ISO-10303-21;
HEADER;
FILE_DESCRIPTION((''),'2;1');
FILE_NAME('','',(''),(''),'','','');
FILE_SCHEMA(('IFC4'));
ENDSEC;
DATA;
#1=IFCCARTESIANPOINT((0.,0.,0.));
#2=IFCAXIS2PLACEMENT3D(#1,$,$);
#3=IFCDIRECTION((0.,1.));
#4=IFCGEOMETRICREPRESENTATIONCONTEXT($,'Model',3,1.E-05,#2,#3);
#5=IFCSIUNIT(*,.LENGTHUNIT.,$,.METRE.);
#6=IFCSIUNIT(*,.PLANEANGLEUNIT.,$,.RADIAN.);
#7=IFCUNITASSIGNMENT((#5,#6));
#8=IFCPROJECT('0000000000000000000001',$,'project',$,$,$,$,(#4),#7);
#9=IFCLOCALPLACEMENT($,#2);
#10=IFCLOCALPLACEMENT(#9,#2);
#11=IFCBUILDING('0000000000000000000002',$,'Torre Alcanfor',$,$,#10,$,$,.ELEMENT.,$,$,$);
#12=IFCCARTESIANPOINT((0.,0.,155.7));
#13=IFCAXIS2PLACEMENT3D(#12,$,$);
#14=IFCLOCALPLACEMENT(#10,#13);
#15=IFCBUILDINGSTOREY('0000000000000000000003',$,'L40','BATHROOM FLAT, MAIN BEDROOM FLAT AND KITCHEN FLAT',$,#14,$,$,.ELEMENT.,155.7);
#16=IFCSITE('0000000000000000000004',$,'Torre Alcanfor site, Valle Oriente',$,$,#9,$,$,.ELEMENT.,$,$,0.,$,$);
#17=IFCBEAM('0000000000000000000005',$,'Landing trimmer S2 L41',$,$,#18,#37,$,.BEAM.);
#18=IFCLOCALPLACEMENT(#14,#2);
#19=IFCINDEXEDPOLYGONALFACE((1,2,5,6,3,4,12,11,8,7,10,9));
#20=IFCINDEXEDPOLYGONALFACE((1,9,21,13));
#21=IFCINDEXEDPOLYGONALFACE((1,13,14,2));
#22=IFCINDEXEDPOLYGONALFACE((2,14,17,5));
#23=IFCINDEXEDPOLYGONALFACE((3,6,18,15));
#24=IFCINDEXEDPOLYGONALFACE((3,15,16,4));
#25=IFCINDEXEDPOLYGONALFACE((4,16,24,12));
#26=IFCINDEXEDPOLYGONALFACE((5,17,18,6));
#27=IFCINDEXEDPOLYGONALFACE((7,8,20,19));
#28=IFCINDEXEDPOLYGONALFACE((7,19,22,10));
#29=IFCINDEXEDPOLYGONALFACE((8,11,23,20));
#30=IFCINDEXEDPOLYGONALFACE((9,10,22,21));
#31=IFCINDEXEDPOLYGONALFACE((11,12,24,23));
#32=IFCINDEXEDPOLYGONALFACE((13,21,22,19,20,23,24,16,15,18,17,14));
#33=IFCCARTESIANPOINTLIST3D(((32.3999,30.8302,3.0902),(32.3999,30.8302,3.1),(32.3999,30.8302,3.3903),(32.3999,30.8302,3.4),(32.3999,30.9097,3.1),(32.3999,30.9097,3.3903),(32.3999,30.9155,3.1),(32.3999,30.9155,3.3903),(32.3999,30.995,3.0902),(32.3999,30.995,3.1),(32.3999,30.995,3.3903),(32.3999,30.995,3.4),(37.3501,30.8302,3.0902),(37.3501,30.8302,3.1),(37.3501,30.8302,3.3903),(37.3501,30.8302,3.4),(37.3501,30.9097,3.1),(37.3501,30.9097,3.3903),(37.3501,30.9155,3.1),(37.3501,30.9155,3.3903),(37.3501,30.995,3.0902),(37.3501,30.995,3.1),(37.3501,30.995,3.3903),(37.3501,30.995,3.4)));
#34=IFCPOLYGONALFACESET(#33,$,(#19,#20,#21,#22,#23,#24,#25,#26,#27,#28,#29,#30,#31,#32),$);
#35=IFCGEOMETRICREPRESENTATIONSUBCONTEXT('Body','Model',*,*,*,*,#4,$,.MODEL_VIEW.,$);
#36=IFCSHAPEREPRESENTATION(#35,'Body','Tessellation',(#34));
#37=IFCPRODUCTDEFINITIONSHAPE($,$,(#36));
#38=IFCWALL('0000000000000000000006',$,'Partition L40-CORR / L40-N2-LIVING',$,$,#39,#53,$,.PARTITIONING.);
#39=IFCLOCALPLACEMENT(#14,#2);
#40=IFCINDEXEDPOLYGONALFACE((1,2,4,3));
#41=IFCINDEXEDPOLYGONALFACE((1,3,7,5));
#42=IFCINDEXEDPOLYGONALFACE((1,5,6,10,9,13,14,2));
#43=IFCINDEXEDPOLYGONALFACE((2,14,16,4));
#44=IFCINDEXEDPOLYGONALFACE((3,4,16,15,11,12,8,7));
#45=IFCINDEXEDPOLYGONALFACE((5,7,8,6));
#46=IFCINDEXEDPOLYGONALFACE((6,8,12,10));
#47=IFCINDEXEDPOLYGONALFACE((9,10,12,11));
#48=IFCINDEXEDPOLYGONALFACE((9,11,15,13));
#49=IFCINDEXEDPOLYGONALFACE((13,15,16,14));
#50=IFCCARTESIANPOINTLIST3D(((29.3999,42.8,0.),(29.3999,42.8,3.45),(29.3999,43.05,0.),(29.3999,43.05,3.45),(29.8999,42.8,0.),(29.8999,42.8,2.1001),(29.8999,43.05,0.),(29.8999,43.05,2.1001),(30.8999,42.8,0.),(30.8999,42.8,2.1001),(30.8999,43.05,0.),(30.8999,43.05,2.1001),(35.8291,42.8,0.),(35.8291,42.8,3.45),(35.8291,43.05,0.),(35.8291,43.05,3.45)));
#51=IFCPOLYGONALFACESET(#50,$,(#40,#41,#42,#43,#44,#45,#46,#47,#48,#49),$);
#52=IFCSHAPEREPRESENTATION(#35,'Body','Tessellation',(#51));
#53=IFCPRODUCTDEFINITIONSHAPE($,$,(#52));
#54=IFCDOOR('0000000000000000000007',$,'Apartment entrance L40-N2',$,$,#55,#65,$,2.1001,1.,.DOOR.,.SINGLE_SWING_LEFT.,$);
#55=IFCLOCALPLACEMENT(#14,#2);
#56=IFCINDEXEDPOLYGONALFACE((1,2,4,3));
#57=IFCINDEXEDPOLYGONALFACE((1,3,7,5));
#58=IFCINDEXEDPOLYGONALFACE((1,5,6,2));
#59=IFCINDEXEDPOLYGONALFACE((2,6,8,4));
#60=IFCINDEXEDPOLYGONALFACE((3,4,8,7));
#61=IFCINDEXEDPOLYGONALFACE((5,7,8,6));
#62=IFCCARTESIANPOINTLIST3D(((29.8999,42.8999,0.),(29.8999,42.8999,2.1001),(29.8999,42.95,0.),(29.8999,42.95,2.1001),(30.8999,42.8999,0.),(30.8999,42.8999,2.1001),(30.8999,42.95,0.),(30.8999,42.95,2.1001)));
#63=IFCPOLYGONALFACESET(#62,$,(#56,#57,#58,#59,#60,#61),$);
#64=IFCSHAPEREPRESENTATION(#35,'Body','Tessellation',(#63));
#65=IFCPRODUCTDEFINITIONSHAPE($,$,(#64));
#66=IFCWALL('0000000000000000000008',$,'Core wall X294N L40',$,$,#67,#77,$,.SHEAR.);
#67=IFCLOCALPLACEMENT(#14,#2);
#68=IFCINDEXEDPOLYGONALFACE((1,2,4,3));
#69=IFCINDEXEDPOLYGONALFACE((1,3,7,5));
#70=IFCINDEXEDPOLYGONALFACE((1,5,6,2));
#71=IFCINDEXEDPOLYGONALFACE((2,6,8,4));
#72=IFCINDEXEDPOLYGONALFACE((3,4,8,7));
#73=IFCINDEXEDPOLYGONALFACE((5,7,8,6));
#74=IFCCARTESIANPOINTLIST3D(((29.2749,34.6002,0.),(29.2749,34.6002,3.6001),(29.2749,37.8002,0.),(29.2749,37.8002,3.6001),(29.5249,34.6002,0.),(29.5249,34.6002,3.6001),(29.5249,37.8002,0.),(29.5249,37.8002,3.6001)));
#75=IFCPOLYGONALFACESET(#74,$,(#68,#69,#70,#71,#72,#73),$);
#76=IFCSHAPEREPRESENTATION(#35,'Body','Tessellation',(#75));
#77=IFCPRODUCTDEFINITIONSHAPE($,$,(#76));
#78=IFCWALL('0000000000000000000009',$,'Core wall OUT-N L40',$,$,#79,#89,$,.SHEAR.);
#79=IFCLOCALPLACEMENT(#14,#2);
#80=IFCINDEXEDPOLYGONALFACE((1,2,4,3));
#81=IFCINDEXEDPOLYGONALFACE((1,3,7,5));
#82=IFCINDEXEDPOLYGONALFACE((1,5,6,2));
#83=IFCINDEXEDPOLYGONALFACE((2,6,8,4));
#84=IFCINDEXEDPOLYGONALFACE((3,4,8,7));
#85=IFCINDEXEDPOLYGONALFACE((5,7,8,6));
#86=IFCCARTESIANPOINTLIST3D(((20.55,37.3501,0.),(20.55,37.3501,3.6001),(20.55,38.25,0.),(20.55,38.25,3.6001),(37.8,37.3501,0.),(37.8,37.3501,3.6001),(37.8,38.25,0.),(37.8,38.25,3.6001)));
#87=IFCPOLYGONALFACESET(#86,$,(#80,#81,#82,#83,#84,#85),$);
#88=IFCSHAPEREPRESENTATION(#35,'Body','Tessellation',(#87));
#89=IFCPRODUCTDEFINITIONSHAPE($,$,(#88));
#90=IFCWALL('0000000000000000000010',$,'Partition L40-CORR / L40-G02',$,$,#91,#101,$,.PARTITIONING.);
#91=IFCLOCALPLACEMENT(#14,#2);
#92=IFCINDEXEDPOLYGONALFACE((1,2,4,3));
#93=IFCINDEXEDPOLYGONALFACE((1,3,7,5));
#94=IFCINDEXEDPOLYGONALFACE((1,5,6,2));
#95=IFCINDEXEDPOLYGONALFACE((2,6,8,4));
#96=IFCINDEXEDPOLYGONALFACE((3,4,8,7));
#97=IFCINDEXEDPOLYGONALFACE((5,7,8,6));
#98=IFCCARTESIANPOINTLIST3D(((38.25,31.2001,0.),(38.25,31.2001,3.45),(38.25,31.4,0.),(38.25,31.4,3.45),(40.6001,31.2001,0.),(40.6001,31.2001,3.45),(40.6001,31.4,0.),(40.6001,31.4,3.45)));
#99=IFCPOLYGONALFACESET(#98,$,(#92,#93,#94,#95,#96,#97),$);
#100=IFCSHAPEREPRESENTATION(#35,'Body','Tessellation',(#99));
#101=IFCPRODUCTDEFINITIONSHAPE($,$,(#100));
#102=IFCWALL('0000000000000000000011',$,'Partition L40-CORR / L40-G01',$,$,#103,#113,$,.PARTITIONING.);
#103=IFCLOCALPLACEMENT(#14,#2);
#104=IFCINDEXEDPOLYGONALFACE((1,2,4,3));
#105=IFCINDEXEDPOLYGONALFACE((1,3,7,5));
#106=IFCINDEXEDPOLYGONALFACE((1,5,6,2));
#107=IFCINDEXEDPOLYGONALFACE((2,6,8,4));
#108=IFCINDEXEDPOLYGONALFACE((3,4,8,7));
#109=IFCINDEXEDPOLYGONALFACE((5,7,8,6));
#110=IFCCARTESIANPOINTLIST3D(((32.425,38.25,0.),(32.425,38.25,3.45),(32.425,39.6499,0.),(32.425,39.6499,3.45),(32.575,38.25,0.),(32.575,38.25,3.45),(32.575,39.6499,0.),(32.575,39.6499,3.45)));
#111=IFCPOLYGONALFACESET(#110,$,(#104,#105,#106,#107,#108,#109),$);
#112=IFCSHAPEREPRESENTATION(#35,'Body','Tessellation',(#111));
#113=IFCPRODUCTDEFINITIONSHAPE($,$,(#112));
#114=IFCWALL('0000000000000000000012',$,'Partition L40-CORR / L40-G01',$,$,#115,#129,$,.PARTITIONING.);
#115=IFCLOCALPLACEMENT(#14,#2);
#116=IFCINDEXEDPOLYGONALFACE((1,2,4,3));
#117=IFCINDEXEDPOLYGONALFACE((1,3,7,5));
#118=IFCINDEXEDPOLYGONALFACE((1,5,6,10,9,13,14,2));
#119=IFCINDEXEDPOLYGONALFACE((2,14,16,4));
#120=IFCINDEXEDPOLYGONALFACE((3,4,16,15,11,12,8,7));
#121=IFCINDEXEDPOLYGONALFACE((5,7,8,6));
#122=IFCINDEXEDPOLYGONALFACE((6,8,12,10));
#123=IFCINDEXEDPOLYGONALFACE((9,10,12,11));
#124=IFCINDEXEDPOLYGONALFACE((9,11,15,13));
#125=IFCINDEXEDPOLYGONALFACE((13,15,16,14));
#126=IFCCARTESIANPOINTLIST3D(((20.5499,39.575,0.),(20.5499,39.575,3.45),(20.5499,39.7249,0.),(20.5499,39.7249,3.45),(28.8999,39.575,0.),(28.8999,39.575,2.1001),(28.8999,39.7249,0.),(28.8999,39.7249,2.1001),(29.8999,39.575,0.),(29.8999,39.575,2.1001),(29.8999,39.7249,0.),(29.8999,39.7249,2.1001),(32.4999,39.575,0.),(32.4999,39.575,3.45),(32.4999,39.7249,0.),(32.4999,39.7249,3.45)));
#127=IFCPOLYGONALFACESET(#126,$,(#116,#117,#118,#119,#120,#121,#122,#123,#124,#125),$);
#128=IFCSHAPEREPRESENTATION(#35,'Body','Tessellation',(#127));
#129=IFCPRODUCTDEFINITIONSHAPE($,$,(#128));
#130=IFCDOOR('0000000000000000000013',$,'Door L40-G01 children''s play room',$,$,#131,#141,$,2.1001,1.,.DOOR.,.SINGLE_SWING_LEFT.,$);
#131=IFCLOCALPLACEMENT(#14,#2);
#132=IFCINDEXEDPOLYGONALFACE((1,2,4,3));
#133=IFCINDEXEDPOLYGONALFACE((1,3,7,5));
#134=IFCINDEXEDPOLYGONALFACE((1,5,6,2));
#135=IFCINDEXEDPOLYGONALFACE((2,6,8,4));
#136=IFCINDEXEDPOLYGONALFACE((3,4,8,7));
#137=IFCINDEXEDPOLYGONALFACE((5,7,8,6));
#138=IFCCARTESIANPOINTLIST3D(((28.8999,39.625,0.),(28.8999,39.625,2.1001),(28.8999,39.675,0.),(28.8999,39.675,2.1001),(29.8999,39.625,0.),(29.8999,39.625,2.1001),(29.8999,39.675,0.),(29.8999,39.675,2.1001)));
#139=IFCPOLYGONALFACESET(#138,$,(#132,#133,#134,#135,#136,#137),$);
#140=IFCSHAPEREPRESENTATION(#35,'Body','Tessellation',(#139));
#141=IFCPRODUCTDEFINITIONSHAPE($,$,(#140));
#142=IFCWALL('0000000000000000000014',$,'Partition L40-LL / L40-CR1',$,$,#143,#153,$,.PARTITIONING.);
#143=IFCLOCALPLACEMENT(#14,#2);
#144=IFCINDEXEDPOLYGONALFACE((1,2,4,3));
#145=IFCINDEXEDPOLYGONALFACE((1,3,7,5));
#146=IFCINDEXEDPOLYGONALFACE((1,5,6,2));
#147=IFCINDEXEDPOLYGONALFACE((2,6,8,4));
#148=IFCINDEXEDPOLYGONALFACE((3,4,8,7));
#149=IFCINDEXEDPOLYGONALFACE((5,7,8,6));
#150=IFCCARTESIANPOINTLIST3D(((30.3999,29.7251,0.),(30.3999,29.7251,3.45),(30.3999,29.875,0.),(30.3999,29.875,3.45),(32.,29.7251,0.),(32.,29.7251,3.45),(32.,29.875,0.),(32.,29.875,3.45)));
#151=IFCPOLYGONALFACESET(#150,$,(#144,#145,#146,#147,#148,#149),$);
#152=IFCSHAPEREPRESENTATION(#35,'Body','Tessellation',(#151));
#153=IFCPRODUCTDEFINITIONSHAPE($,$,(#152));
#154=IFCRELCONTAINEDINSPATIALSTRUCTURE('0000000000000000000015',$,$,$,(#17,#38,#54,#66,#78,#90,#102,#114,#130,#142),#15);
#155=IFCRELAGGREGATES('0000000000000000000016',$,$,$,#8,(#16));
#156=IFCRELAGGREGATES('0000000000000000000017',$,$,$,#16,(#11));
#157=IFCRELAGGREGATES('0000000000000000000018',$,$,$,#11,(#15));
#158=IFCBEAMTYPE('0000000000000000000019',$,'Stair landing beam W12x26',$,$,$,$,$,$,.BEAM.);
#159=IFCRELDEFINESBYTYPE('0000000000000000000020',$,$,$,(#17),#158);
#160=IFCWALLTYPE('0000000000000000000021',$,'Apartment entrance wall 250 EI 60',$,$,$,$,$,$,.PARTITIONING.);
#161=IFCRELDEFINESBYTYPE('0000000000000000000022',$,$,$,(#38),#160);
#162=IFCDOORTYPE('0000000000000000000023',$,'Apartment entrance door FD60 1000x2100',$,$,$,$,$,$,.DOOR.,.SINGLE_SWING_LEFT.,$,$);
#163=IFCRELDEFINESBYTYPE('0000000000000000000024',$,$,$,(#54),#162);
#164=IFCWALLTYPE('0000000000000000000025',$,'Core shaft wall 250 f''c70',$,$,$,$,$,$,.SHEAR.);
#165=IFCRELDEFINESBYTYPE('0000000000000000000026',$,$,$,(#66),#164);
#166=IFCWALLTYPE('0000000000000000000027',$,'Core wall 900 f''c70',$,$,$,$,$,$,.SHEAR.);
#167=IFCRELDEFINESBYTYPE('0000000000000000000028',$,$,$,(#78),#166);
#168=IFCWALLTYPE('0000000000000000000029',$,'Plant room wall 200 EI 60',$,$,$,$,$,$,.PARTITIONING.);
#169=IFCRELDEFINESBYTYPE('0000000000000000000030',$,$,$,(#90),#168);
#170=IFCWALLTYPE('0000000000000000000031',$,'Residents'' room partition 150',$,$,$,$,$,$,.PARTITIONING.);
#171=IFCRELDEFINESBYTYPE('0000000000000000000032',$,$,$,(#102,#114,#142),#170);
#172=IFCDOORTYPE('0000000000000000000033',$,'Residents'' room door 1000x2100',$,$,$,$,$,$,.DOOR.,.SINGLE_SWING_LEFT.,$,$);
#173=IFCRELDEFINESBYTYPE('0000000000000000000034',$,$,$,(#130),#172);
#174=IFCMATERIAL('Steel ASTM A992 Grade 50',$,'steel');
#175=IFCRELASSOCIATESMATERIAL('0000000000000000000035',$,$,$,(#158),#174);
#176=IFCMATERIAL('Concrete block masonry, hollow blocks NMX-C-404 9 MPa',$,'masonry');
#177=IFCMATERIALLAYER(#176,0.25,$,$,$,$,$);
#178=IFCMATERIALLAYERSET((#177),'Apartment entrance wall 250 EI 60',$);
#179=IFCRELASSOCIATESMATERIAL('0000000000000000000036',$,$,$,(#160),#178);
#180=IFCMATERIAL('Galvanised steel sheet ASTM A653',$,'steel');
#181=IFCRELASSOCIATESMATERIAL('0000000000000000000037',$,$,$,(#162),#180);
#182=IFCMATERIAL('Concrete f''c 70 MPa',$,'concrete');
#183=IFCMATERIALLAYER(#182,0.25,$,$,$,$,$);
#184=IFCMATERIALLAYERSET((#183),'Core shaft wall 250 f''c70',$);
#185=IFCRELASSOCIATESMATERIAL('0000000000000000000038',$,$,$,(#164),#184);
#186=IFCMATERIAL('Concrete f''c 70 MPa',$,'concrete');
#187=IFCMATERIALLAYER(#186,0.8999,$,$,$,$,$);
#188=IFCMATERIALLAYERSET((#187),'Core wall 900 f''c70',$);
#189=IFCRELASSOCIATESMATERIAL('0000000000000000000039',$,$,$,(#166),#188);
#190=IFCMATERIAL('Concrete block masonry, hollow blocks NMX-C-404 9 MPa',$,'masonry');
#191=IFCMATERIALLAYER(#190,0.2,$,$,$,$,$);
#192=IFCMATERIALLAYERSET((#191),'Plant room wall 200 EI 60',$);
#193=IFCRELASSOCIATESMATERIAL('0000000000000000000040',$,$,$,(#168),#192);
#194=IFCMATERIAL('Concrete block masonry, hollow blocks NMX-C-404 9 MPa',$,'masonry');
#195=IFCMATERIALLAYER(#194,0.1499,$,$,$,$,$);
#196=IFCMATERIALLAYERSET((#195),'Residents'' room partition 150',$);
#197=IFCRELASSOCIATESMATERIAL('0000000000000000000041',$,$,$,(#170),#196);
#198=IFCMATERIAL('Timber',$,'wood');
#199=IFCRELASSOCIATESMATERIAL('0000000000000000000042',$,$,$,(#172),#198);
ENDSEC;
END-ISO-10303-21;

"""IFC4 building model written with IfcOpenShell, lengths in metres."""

from ifc_helpers import new_model, si_unit, direction, frame, frame_2d, origin, origin_2d, place, context, subcontext, project, spatial, rectangle, i_section, extrude, material, layer, layer_set, material_profile, profile_set, type_object, element, fill, save


model = new_model("IFC4")

# Units and contexts
model_context = context("Model", 3, precision=1e-05, world=origin(), true_north=direction((0.0, 1.0)))
body_context = subcontext(model_context, "Body", "Model", "MODEL_VIEW")
ifc_project = project(units=[si_unit("LENGTHUNIT", "METRE"), si_unit("PLANEANGLEUNIT", "RADIAN")], contexts=[model_context])

# Site, building, storey
site_placement = place(None, origin())
site = spatial("IfcSite", under=ifc_project, at=site_placement, Name="Torre Alcanfor site, Valle Oriente", CompositionType="ELEMENT", RefElevation=0.0)
building_placement = place(site_placement, origin())
building = spatial("IfcBuilding", under=site, at=building_placement, Name="Torre Alcanfor", CompositionType="ELEMENT")
storey_placement = place(building_placement, frame((0.0, 0.0, 155.7)))
storey = spatial("IfcBuildingStorey", under=building, at=storey_placement, Name="L40", Description="BATHROOM FLAT, MAIN BEDROOM FLAT AND KITCHEN FLAT", CompositionType="ELEMENT", Elevation=155.7)

# Beam
ifc_material_1 = material(Name="Steel ASTM A992 Grade 50", Category="steel")
ifc_material_profile_1 = material_profile(ifc_material_1, i_section(OverallWidth=0.1648, OverallDepth=0.3098, WebThickness=0.0059, FlangeThickness=0.0098, at=origin_2d()), Name="W12x26")
ifc_profile_set_1 = profile_set([ifc_material_profile_1], Name="Steel ASTM A992 Grade 50")
beam_type_1 = type_object("IfcBeamType", Name="Stair landing beam W12x26", PredefinedType="BEAM", material=ifc_profile_set_1)
beam_1_placement = place(storey_placement, frame((32.3999, 30.9126, 3.2451), z_axis=(1.0, 0.0, 0.0), x_axis=(0.0, 1.0, 0.0)))
element("IfcBeam", 1, at=beam_1_placement, inside=storey, type_object=beam_type_1, Name="Landing trimmer S2 L41", PredefinedType="BEAM", context=body_context, shape_type="SweptSolid", body=[
    extrude(i_section(OverallWidth=0.1648, OverallDepth=0.3098, WebThickness=0.0059, FlangeThickness=0.0098, at=origin_2d()), origin(), (0.0, 0.0, 1.0), 4.9502),
])

# Wall, opening, door
ifc_material_2 = material(Name="Concrete block masonry, hollow blocks NMX-C-404 9 MPa", Category="masonry")
ifc_layer_1 = layer(ifc_material_2, 0.25)
ifc_layer_set_1 = layer_set([ifc_layer_1], Name="Apartment entrance wall 250 EI 60")
wall_type_1 = type_object("IfcWallType", Name="Apartment entrance wall 250 EI 60", PredefinedType="PARTITIONING", material=ifc_layer_set_1)
wall_1_placement = place(storey_placement, frame((29.3999, 42.925, 0.0), z_axis=(0.0, 0.0, 1.0), x_axis=(1.0, 0.0, 0.0)))
wall_1 = element("IfcWall", 2, at=wall_1_placement, inside=storey, type_object=wall_type_1, Name="Partition L40-CORR / L40-N2-LIVING", PredefinedType="PARTITIONING", context=body_context, shape_type="SweptSolid", body=[
    extrude(rectangle(XDim=6.4292, YDim=0.25, at=frame_2d((3.2146, 0.0))), origin(), (0.0, 0.0, 1.0), 3.45),
])
opening_1_placement = place(wall_1_placement, frame((0.5, 0.0, 0.0)))
opening_1 = element("IfcOpeningElement", 3, at=opening_1_placement, cuts=wall_1, PredefinedType="OPENING", context=body_context, shape_type="SweptSolid", body=[
    extrude(rectangle(XDim=1.0, YDim=2.1001, at=frame_2d((0.5, 1.05))), frame((0.0, 0.135, 0.0), z_axis=(0.0, -1.0, 0.0), x_axis=(1.0, 0.0, 0.0)), (0.0, 0.0, 1.0), 0.27),
])
ifc_material_3 = material(Name="Galvanised steel sheet ASTM A653", Category="steel")
door_type_1 = type_object("IfcDoorType", Name="Apartment entrance door FD60 1000x2100", OperationType="SINGLE_SWING_LEFT", PredefinedType="DOOR", material=ifc_material_3)
door_1_placement = place(opening_1_placement, origin())
door_1 = element("IfcDoor", 4, at=door_1_placement, inside=storey, type_object=door_type_1, Name="Apartment entrance L40-N2", OperationType="SINGLE_SWING_LEFT", OverallHeight=2.1001, OverallWidth=1.0, PredefinedType="DOOR", context=body_context, shape_type="SweptSolid", body=[
    extrude(rectangle(XDim=1.0, YDim=2.1001, at=frame_2d((0.5, 1.05))), frame((0.0, 0.0249, 0.0), z_axis=(0.0, -1.0, 0.0), x_axis=(1.0, 0.0, 0.0)), (0.0, 0.0, 1.0), 0.05),
])
fill(opening_1, door_1)

# Walls
ifc_material_4 = material(Name="Concrete f'c 70 MPa", Category="concrete")
ifc_layer_2 = layer(ifc_material_4, 0.25)
ifc_layer_set_2 = layer_set([ifc_layer_2], Name="Core shaft wall 250 f'c70")
wall_type_2 = type_object("IfcWallType", Name="Core shaft wall 250 f'c70", PredefinedType="SHEAR", material=ifc_layer_set_2)
wall_2_placement = place(storey_placement, frame((29.3999, 34.6001, 0.0), z_axis=(0.0, 0.0, 1.0), x_axis=(0.0, 1.0, 0.0)))
element("IfcWall", 5, at=wall_2_placement, inside=storey, type_object=wall_type_2, Name="Core wall X294N L40", PredefinedType="SHEAR", context=body_context, shape_type="SweptSolid", body=[
    extrude(rectangle(XDim=3.2, YDim=0.25, at=frame_2d((1.6001, 0.0))), origin(), (0.0, 0.0, 1.0), 3.6001),
])
ifc_material_5 = material(Name="Concrete f'c 70 MPa", Category="concrete")
ifc_layer_3 = layer(ifc_material_5, 0.8999)
ifc_layer_set_3 = layer_set([ifc_layer_3], Name="Core wall 900 f'c70")
wall_type_3 = type_object("IfcWallType", Name="Core wall 900 f'c70", PredefinedType="SHEAR", material=ifc_layer_set_3)
wall_3_placement = place(storey_placement, frame((37.8, 37.8, 0.0), z_axis=(0.0, 0.0, 1.0), x_axis=(-1.0, 0.0, 0.0)))
element("IfcWall", 6, at=wall_3_placement, inside=storey, type_object=wall_type_3, Name="Core wall OUT-N L40", PredefinedType="SHEAR", context=body_context, shape_type="SweptSolid", body=[
    extrude(rectangle(XDim=17.25, YDim=0.8999, at=frame_2d((8.625, 0.0))), origin(), (0.0, 0.0, 1.0), 3.6001),
])
ifc_material_6 = material(Name="Concrete block masonry, hollow blocks NMX-C-404 9 MPa", Category="masonry")
ifc_layer_4 = layer(ifc_material_6, 0.2)
ifc_layer_set_4 = layer_set([ifc_layer_4], Name="Plant room wall 200 EI 60")
wall_type_4 = type_object("IfcWallType", Name="Plant room wall 200 EI 60", PredefinedType="PARTITIONING", material=ifc_layer_set_4)
wall_4_placement = place(storey_placement, frame((40.6001, 31.3, 0.0), z_axis=(0.0, 0.0, 1.0), x_axis=(-1.0, 0.0, 0.0)))
element("IfcWall", 7, at=wall_4_placement, inside=storey, type_object=wall_type_4, Name="Partition L40-CORR / L40-G02", PredefinedType="PARTITIONING", context=body_context, shape_type="SweptSolid", body=[
    extrude(rectangle(XDim=2.3501, YDim=0.2, at=frame_2d((1.175, 0.0))), origin(), (0.0, 0.0, 1.0), 3.45),
])
ifc_material_7 = material(Name="Concrete block masonry, hollow blocks NMX-C-404 9 MPa", Category="masonry")
ifc_layer_5 = layer(ifc_material_7, 0.1499)
ifc_layer_set_5 = layer_set([ifc_layer_5], Name="Residents' room partition 150")
wall_type_5 = type_object("IfcWallType", Name="Residents' room partition 150", PredefinedType="PARTITIONING", material=ifc_layer_set_5)
wall_5_placement = place(storey_placement, frame((32.5, 38.25, 0.0), z_axis=(0.0, 0.0, 1.0), x_axis=(0.0, 1.0, 0.0)))
element("IfcWall", 8, at=wall_5_placement, inside=storey, type_object=wall_type_5, Name="Partition L40-CORR / L40-G01", PredefinedType="PARTITIONING", context=body_context, shape_type="SweptSolid", body=[
    extrude(rectangle(XDim=1.3999, YDim=0.1499, at=frame_2d((0.7, 0.0))), origin(), (0.0, 0.0, 1.0), 3.45),
])

# Wall, opening, door
wall_6_placement = place(storey_placement, frame((32.5, 39.6499, 0.0), z_axis=(0.0, 0.0, 1.0), x_axis=(-1.0, 0.0, 0.0)))
wall_6 = element("IfcWall", 9, at=wall_6_placement, inside=storey, type_object=wall_type_5, Name="Partition L40-CORR / L40-G01", PredefinedType="PARTITIONING", context=body_context, shape_type="SweptSolid", body=[
    extrude(rectangle(XDim=11.95, YDim=0.1499, at=frame_2d((5.9751, 0.0))), origin(), (0.0, 0.0, 1.0), 3.45),
])
opening_2_placement = place(wall_6_placement, frame((2.6001, 0.0, 0.0)))
opening_2 = element("IfcOpeningElement", 10, at=opening_2_placement, cuts=wall_6, PredefinedType="OPENING", context=body_context, shape_type="SweptSolid", body=[
    extrude(rectangle(XDim=1.0, YDim=2.1001, at=frame_2d((0.5, 1.05))), frame((0.0, 0.085, 0.0), z_axis=(0.0, -1.0, 0.0), x_axis=(1.0, 0.0, 0.0)), (0.0, 0.0, 1.0), 0.1699),
])
ifc_material_8 = material(Name="Timber", Category="wood")
door_type_2 = type_object("IfcDoorType", Name="Residents' room door 1000x2100", OperationType="SINGLE_SWING_LEFT", PredefinedType="DOOR", material=ifc_material_8)
door_2_placement = place(opening_2_placement, origin())
door_2 = element("IfcDoor", 11, at=door_2_placement, inside=storey, type_object=door_type_2, Name="Door L40-G01 children's play room", OperationType="SINGLE_SWING_LEFT", OverallHeight=2.1001, OverallWidth=1.0, PredefinedType="DOOR", context=body_context, shape_type="SweptSolid", body=[
    extrude(rectangle(XDim=1.0, YDim=2.1001, at=frame_2d((0.5, 1.05))), frame((0.0, 0.0249, 0.0), z_axis=(0.0, -1.0, 0.0), x_axis=(1.0, 0.0, 0.0)), (0.0, 0.0, 1.0), 0.05),
])
fill(opening_2, door_2)

# Wall
wall_7_placement = place(storey_placement, frame((32.0, 29.8, 0.0), z_axis=(0.0, 0.0, 1.0), x_axis=(-1.0, 0.0, 0.0)))
element("IfcWall", 12, at=wall_7_placement, inside=storey, type_object=wall_type_5, Name="Partition L40-LL / L40-CR1", PredefinedType="PARTITIONING", context=body_context, shape_type="SweptSolid", body=[
    extrude(rectangle(XDim=1.6001, YDim=0.1499, at=frame_2d((0.8, 0.0))), origin(), (0.0, 0.0, 1.0), 3.45),
])

save(model, "model.ifc")
